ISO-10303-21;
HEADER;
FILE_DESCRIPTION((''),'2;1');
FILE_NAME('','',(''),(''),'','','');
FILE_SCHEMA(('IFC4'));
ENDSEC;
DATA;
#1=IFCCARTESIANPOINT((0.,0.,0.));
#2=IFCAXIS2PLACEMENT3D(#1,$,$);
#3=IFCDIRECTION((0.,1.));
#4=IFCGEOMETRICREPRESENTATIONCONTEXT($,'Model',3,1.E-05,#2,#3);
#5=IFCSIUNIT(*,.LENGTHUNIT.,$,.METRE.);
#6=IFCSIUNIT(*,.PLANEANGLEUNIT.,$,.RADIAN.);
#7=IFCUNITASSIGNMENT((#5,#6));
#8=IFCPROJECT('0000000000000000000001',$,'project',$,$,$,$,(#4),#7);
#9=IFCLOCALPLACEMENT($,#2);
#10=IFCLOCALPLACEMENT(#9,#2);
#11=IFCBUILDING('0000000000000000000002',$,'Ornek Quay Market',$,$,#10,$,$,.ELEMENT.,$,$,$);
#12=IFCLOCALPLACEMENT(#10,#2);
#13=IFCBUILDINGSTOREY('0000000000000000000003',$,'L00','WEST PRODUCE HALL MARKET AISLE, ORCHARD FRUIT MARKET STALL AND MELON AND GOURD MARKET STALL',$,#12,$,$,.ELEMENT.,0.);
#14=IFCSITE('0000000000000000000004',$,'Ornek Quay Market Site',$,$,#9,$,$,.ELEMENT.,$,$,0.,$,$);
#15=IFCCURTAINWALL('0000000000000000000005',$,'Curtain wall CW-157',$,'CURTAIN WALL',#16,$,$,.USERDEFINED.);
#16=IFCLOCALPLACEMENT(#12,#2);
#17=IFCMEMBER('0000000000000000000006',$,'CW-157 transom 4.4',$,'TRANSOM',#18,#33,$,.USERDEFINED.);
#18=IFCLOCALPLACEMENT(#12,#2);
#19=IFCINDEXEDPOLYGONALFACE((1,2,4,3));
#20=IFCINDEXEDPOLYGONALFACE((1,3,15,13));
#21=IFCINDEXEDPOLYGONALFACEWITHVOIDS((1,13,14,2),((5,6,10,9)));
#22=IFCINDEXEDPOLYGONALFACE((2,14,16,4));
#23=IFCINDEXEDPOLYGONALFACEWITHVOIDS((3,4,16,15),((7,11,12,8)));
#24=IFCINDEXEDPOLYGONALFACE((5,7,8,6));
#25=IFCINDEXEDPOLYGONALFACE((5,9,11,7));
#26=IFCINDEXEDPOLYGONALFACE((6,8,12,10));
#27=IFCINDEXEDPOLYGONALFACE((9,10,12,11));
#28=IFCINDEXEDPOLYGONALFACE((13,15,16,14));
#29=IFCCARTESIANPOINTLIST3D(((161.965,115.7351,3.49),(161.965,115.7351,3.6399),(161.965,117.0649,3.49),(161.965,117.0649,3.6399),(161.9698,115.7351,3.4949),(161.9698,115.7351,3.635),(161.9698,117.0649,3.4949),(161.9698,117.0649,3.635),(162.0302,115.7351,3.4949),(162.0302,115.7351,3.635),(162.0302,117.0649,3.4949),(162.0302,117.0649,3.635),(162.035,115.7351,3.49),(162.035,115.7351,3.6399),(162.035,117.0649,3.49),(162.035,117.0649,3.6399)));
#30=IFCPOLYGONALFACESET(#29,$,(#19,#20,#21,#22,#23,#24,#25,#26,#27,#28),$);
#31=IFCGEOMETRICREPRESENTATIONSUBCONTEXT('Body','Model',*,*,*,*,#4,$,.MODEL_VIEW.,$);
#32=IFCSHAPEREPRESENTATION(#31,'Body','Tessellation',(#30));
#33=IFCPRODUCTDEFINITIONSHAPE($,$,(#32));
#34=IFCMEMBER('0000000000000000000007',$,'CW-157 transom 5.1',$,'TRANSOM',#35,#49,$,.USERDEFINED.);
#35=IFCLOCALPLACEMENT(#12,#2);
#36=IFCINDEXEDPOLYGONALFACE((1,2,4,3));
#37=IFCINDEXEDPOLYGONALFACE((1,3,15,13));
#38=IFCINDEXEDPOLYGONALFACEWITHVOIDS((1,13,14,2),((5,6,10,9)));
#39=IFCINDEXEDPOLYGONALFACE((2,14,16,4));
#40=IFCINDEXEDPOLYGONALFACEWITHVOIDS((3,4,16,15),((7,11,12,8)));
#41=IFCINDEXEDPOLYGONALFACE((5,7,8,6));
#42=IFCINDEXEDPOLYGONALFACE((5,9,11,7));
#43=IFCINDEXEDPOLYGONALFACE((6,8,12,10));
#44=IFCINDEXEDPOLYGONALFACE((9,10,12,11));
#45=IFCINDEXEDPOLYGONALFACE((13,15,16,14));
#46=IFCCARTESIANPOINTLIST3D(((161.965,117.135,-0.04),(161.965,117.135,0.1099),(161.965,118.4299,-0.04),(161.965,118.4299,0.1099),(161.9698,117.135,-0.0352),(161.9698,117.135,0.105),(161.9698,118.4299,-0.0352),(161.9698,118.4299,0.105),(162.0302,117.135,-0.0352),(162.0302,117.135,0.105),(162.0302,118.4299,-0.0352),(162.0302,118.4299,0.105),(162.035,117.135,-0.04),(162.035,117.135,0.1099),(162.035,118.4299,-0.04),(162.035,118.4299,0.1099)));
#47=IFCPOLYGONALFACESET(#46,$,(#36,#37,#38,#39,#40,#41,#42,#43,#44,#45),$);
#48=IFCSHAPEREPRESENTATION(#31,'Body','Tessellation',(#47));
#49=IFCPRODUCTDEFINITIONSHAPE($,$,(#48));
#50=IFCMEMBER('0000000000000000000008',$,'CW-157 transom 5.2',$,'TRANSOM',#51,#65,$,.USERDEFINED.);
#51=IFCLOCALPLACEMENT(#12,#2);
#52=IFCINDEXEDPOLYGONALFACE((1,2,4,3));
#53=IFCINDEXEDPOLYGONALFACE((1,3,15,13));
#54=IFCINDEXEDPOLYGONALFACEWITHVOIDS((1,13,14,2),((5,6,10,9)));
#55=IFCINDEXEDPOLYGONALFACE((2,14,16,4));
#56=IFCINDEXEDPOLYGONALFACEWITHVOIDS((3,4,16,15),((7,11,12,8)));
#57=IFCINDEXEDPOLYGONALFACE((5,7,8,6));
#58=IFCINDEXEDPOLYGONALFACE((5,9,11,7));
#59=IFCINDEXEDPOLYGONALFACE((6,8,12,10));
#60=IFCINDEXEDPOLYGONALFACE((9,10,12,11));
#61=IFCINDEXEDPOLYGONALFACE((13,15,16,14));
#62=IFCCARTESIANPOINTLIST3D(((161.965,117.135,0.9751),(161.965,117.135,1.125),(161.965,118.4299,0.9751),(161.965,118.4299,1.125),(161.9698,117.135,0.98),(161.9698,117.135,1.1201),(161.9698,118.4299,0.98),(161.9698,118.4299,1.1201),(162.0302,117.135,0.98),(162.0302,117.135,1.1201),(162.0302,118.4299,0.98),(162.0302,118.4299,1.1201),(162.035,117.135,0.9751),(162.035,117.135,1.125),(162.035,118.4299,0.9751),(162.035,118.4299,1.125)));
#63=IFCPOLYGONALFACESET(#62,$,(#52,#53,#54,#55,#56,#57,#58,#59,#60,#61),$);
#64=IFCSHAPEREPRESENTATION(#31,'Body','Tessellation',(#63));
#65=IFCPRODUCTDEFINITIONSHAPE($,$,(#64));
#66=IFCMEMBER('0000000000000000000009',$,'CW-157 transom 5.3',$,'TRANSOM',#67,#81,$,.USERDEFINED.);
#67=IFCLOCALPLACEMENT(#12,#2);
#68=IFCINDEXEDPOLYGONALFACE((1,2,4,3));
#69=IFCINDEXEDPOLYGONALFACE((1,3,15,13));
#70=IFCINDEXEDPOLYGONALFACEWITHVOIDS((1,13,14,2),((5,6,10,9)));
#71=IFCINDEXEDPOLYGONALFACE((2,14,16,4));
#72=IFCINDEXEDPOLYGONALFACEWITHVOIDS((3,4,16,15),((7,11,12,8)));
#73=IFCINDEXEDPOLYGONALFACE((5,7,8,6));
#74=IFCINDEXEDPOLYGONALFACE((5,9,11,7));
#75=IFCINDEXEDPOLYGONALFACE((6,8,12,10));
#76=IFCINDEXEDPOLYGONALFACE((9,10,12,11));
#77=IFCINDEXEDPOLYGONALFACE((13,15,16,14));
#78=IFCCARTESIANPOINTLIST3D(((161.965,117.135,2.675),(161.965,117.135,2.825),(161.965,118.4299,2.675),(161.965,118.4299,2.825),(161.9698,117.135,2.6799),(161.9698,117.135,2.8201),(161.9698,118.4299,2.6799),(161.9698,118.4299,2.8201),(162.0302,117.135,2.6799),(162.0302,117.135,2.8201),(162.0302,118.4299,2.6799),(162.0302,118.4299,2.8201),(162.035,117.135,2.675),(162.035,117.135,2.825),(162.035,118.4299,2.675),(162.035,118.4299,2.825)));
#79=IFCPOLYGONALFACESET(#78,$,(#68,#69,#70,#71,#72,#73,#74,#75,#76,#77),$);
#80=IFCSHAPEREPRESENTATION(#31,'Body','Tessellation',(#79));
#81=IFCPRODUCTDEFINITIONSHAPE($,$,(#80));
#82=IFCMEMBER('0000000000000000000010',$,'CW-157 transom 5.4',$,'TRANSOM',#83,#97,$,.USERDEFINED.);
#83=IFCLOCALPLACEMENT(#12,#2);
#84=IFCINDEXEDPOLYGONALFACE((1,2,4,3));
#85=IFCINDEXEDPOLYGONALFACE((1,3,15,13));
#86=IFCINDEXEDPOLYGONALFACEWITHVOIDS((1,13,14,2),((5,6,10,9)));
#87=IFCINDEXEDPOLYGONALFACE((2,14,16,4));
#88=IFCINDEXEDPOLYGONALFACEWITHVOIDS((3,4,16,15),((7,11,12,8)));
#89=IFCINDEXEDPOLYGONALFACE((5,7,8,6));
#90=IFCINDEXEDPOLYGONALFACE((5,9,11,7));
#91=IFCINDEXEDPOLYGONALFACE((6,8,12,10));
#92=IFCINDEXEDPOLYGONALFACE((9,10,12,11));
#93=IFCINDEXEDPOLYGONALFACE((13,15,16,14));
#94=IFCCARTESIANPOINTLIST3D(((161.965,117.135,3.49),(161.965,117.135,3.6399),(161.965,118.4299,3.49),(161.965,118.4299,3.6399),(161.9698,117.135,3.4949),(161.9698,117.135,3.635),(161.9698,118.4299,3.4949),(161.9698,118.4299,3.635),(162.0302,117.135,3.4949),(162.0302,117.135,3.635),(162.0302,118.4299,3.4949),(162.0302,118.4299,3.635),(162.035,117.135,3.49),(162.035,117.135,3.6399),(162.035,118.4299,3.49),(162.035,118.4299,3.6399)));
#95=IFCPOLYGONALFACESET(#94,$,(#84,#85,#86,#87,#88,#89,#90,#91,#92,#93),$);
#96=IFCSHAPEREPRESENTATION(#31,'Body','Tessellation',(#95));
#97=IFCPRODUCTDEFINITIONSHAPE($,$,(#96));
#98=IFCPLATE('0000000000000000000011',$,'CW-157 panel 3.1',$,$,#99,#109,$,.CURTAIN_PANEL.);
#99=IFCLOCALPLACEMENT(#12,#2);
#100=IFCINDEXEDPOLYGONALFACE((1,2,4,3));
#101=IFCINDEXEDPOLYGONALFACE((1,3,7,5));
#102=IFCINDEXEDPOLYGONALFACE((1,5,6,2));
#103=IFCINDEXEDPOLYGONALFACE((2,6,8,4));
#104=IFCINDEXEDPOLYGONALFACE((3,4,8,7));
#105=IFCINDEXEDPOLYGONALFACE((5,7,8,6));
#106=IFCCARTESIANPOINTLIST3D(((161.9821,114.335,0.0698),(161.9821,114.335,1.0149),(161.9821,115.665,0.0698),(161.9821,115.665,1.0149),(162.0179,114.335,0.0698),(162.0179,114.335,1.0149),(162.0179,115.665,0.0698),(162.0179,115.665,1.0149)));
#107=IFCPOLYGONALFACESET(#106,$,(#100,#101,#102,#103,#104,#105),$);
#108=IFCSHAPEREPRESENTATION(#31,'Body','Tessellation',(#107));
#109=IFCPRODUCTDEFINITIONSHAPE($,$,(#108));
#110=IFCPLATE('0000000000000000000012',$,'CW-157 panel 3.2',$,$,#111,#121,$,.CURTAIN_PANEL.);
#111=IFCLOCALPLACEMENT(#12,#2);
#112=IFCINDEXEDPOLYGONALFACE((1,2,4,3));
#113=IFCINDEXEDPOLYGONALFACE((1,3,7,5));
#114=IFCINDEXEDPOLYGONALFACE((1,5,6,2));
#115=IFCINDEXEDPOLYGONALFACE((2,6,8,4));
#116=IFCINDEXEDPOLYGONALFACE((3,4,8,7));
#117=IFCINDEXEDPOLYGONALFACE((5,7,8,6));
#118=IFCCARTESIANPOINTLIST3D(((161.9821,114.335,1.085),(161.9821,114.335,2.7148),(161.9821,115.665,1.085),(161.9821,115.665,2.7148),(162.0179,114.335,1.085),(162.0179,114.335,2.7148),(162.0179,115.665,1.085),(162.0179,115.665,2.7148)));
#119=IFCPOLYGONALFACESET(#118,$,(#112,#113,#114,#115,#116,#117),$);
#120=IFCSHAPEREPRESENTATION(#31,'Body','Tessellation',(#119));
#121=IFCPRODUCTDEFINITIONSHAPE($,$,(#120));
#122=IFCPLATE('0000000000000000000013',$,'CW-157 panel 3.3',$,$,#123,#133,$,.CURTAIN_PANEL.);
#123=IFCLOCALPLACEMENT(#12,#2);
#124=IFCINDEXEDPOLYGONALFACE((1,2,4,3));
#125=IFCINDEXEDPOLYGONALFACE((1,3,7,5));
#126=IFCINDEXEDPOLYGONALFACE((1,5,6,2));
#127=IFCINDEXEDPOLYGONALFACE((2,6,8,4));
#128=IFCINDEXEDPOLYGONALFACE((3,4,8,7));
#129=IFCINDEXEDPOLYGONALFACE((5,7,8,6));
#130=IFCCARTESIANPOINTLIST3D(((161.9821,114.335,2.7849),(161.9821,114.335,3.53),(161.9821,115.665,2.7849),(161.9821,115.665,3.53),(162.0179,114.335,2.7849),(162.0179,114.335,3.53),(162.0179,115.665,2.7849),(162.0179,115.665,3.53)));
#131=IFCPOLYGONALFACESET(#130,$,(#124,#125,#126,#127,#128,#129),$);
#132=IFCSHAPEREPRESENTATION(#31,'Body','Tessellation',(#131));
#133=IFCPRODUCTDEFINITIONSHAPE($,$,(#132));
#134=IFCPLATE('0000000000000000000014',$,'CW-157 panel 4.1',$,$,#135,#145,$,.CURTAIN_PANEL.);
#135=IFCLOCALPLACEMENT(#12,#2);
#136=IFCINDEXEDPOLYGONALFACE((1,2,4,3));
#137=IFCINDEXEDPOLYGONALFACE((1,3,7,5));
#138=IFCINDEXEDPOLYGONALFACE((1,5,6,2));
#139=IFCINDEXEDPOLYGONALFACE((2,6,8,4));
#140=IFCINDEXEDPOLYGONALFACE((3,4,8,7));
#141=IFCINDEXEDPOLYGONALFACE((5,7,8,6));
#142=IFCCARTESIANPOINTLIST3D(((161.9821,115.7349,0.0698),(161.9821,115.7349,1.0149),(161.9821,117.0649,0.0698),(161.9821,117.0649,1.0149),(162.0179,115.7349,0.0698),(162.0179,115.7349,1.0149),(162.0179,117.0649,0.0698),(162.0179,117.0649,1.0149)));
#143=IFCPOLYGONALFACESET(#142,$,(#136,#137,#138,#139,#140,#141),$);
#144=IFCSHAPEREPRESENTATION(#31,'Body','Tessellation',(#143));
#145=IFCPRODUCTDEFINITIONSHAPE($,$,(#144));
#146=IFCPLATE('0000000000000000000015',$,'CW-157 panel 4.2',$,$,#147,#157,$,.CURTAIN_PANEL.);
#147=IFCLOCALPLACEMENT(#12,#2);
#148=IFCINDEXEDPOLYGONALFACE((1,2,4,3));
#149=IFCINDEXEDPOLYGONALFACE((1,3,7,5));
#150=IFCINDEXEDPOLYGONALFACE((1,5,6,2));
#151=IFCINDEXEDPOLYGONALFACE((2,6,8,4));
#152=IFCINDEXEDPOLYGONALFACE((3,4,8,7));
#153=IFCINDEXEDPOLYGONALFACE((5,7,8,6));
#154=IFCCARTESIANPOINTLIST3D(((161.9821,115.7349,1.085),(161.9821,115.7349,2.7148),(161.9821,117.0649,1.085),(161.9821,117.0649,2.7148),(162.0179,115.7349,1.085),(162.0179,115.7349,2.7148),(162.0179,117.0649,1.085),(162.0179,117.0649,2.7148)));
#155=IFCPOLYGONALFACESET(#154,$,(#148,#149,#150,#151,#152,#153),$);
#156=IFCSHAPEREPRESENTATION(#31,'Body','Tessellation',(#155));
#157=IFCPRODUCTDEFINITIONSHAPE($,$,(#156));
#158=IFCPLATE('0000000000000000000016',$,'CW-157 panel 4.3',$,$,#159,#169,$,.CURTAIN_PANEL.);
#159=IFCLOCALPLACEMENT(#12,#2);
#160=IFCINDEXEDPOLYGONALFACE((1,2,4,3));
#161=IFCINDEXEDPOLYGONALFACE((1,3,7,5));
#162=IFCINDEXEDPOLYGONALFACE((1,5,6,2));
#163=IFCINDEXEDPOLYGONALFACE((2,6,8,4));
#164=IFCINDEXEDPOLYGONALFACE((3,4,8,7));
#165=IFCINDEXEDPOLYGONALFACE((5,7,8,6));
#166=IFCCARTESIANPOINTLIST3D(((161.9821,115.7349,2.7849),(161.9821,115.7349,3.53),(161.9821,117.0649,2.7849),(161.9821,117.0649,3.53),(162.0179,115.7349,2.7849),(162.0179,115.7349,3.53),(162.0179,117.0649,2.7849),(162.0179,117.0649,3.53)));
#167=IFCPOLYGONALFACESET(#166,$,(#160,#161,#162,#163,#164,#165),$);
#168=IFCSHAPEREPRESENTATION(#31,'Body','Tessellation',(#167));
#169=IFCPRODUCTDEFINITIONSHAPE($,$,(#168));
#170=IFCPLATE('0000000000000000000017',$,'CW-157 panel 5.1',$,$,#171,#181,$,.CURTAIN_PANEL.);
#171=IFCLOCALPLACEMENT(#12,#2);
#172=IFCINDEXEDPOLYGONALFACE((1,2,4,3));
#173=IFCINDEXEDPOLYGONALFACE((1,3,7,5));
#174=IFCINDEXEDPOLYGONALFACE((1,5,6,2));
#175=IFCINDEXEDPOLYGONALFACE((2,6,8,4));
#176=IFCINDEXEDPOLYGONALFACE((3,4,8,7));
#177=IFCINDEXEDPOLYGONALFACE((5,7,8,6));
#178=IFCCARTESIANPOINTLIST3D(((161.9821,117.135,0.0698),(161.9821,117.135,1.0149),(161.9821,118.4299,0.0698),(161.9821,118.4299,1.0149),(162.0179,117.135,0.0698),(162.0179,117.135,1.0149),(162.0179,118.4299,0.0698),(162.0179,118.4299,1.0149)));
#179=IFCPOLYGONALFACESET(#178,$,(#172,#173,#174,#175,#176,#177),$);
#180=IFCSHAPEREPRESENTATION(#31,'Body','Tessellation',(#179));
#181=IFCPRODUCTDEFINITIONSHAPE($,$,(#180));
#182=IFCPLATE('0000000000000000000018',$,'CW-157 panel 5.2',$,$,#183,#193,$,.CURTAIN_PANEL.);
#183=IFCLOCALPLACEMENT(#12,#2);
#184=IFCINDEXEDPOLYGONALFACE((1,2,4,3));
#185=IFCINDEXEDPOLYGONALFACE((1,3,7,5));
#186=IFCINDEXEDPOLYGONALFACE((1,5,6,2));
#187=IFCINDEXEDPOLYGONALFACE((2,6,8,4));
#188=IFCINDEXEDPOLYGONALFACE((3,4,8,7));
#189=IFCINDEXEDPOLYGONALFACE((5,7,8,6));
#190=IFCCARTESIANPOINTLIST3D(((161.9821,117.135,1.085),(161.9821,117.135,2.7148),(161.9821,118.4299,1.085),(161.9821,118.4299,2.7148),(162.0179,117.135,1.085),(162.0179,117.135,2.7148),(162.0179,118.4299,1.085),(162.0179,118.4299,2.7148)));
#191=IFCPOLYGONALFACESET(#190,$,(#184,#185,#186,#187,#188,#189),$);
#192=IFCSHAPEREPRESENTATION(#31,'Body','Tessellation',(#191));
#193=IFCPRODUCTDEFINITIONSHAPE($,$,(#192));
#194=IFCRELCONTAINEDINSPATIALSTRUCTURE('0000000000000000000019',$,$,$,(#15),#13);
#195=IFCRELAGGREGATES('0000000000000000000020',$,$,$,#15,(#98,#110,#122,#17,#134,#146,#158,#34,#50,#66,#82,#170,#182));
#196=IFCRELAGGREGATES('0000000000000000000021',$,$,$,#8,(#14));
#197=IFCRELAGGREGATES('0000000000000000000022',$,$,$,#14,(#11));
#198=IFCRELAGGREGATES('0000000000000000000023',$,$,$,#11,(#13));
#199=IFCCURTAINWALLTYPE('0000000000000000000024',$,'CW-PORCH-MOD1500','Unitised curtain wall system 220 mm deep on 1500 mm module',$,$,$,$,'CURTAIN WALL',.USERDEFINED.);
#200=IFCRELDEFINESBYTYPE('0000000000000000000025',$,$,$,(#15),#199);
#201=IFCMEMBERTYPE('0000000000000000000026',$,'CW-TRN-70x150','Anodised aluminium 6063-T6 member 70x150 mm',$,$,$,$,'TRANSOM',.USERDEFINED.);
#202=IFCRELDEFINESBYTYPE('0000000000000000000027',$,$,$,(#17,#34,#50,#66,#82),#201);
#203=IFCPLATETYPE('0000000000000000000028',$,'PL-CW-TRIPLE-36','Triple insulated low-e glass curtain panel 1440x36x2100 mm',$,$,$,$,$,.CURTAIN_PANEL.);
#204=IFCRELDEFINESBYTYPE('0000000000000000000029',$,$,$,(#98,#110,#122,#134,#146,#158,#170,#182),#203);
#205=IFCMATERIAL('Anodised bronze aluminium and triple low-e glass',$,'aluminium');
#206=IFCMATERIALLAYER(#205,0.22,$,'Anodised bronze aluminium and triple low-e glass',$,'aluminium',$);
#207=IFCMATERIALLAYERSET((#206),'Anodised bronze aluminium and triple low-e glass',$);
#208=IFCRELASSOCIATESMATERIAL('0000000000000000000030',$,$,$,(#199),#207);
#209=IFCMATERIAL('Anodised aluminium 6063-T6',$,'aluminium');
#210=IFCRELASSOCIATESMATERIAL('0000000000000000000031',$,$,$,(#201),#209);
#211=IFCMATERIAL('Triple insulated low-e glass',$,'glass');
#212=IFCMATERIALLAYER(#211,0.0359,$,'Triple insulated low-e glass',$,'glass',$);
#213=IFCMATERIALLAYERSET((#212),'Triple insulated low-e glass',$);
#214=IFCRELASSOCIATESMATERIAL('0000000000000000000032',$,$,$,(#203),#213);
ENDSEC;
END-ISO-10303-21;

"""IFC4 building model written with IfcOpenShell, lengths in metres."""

from ifc_helpers import new_model, si_unit, direction, frame, origin, origin_2d, place, context, subcontext, project, spatial, rectangle, hollow_rectangle, extrude, material, layer, layer_set, material_profile, profile_set, type_object, element, aggregate, save


model = new_model("IFC4")

# Units and contexts
model_context = context("Model", 3, precision=1e-05, world=origin(), true_north=direction((0.0, 1.0)))
body_context = subcontext(model_context, "Body", "Model", "MODEL_VIEW")
ifc_project = project(units=[si_unit("LENGTHUNIT", "METRE"), si_unit("PLANEANGLEUNIT", "RADIAN")], contexts=[model_context])

# Site, building, storey
site_placement = place(None, origin())
site = spatial("IfcSite", under=ifc_project, at=site_placement, Name="Ornek Quay Market Site", CompositionType="ELEMENT", RefElevation=0.0)
building_placement = place(site_placement, origin())
building = spatial("IfcBuilding", under=site, at=building_placement, Name="Ornek Quay Market", CompositionType="ELEMENT")
storey_placement = place(building_placement, origin())
storey = spatial("IfcBuildingStorey", under=building, at=storey_placement, Name="L00", Description="WEST PRODUCE HALL MARKET AISLE, ORCHARD FRUIT MARKET STALL AND MELON AND GOURD MARKET STALL", CompositionType="ELEMENT", Elevation=0.0)

# Curtain wall, members, plates
ifc_material_1 = material(Name="Anodised bronze aluminium and triple low-e glass", Category="aluminium")
ifc_layer_1 = layer(ifc_material_1, 0.22, Name="Anodised bronze aluminium and triple low-e glass", Category="aluminium")
ifc_layer_set_1 = layer_set([ifc_layer_1], Name="Anodised bronze aluminium and triple low-e glass")
curtain_wall_type = type_object("IfcCurtainWallType", Name="CW-PORCH-MOD1500", Description="Unitised curtain wall system 220 mm deep on 1500 mm module", ElementType="CURTAIN WALL", PredefinedType="USERDEFINED", material=ifc_layer_set_1)
curtain_wall_placement = place(storey_placement, origin())
curtain_wall = element("IfcCurtainWall", 1, at=curtain_wall_placement, inside=storey, type_object=curtain_wall_type, Name="Curtain wall CW-157", ObjectType="CURTAIN WALL", PredefinedType="USERDEFINED")
ifc_material_2 = material(Name="Anodised aluminium 6063-T6", Category="aluminium")
ifc_material_profile_1 = material_profile(ifc_material_2, hollow_rectangle(XDim=0.0701, YDim=0.1499, WallThickness=0.0049, at=origin_2d()), Name="CW-TRN-70x150", Category="aluminium")
ifc_profile_set_1 = profile_set([ifc_material_profile_1], Name="Anodised aluminium 6063-T6")
member_type_1 = type_object("IfcMemberType", Name="CW-TRN-70x150", Description="Anodised aluminium 6063-T6 member 70x150 mm", ElementType="TRANSOM", PredefinedType="USERDEFINED", material=ifc_profile_set_1)
member_1_placement = place(storey_placement, frame((162.0, 115.7351, 3.5649), z_axis=(0.0, 1.0, 0.0), x_axis=(-1.0, 0.0, 0.0)))
member_1 = element("IfcMember", 2, at=member_1_placement, type_object=member_type_1, Name="CW-157 transom 4.4", ObjectType="TRANSOM", PredefinedType="USERDEFINED", context=body_context, shape_type="SweptSolid", body=[
    extrude(hollow_rectangle(XDim=0.0701, YDim=0.1499, WallThickness=0.0049, at=origin_2d()), origin(), (0.0, 0.0, 1.0), 1.3298),
])
member_2_placement = place(storey_placement, frame((162.0, 117.135, 0.0349), z_axis=(0.0, 1.0, 0.0), x_axis=(-1.0, 0.0, 0.0)))
member_2 = element("IfcMember", 3, at=member_2_placement, type_object=member_type_1, Name="CW-157 transom 5.1", ObjectType="TRANSOM", PredefinedType="USERDEFINED", context=body_context, shape_type="SweptSolid", body=[
    extrude(hollow_rectangle(XDim=0.0701, YDim=0.1499, WallThickness=0.0049, at=origin_2d()), origin(), (0.0, 0.0, 1.0), 1.2949),
])
member_3_placement = place(storey_placement, frame((162.0, 117.135, 1.05), z_axis=(0.0, 1.0, 0.0), x_axis=(-1.0, 0.0, 0.0)))
member_3 = element("IfcMember", 4, at=member_3_placement, type_object=member_type_1, Name="CW-157 transom 5.2", ObjectType="TRANSOM", PredefinedType="USERDEFINED", context=body_context, shape_type="SweptSolid", body=[
    extrude(hollow_rectangle(XDim=0.0701, YDim=0.1499, WallThickness=0.0049, at=origin_2d()), origin(), (0.0, 0.0, 1.0), 1.2949),
])
member_4_placement = place(storey_placement, frame((162.0, 117.135, 2.75), z_axis=(0.0, 1.0, 0.0), x_axis=(-1.0, 0.0, 0.0)))
member_4 = element("IfcMember", 5, at=member_4_placement, type_object=member_type_1, Name="CW-157 transom 5.3", ObjectType="TRANSOM", PredefinedType="USERDEFINED", context=body_context, shape_type="SweptSolid", body=[
    extrude(hollow_rectangle(XDim=0.0701, YDim=0.1499, WallThickness=0.0049, at=origin_2d()), origin(), (0.0, 0.0, 1.0), 1.2949),
])
member_5_placement = place(storey_placement, frame((162.0, 117.135, 3.5649), z_axis=(0.0, 1.0, 0.0), x_axis=(-1.0, 0.0, 0.0)))
member_5 = element("IfcMember", 6, at=member_5_placement, type_object=member_type_1, Name="CW-157 transom 5.4", ObjectType="TRANSOM", PredefinedType="USERDEFINED", context=body_context, shape_type="SweptSolid", body=[
    extrude(hollow_rectangle(XDim=0.0701, YDim=0.1499, WallThickness=0.0049, at=origin_2d()), origin(), (0.0, 0.0, 1.0), 1.2949),
])
ifc_material_3 = material(Name="Triple insulated low-e glass", Category="glass")
ifc_layer_2 = layer(ifc_material_3, 0.0359, Name="Triple insulated low-e glass", Category="glass")
ifc_layer_set_2 = layer_set([ifc_layer_2], Name="Triple insulated low-e glass")
plate_type = type_object("IfcPlateType", Name="PL-CW-TRIPLE-36", Description="Triple insulated low-e glass curtain panel 1440x36x2100 mm", PredefinedType="CURTAIN_PANEL", material=ifc_layer_set_2)
plate_1_placement = place(storey_placement, frame((162.0, 115.0, 0.0698), z_axis=(0.0, 0.0, 1.0), x_axis=(0.0, 1.0, 0.0)))
plate_1 = element("IfcPlate", 7, at=plate_1_placement, type_object=plate_type, Name="CW-157 panel 3.1", PredefinedType="CURTAIN_PANEL", context=body_context, shape_type="SweptSolid", body=[
    extrude(rectangle(XDim=1.3301, YDim=0.0359, at=origin_2d()), origin(), (0.0, 0.0, 1.0), 0.9451),
])
plate_2_placement = place(storey_placement, frame((162.0, 115.0, 1.085), z_axis=(0.0, 0.0, 1.0), x_axis=(0.0, 1.0, 0.0)))
plate_2 = element("IfcPlate", 8, at=plate_2_placement, type_object=plate_type, Name="CW-157 panel 3.2", PredefinedType="CURTAIN_PANEL", context=body_context, shape_type="SweptSolid", body=[
    extrude(rectangle(XDim=1.3301, YDim=0.0359, at=origin_2d()), origin(), (0.0, 0.0, 1.0), 1.6299),
])
plate_3_placement = place(storey_placement, frame((162.0, 115.0, 2.7849), z_axis=(0.0, 0.0, 1.0), x_axis=(0.0, 1.0, 0.0)))
plate_3 = element("IfcPlate", 9, at=plate_3_placement, type_object=plate_type, Name="CW-157 panel 3.3", PredefinedType="CURTAIN_PANEL", context=body_context, shape_type="SweptSolid", body=[
    extrude(rectangle(XDim=1.3301, YDim=0.0359, at=origin_2d()), origin(), (0.0, 0.0, 1.0), 0.7451),
])
plate_4_placement = place(storey_placement, frame((162.0, 116.3999, 0.0698), z_axis=(0.0, 0.0, 1.0), x_axis=(0.0, 1.0, 0.0)))
plate_4 = element("IfcPlate", 10, at=plate_4_placement, type_object=plate_type, Name="CW-157 panel 4.1", PredefinedType="CURTAIN_PANEL", context=body_context, shape_type="SweptSolid", body=[
    extrude(rectangle(XDim=1.3301, YDim=0.0359, at=origin_2d()), origin(), (0.0, 0.0, 1.0), 0.9451),
])
plate_5_placement = place(storey_placement, frame((162.0, 116.3999, 1.085), z_axis=(0.0, 0.0, 1.0), x_axis=(0.0, 1.0, 0.0)))
plate_5 = element("IfcPlate", 11, at=plate_5_placement, type_object=plate_type, Name="CW-157 panel 4.2", PredefinedType="CURTAIN_PANEL", context=body_context, shape_type="SweptSolid", body=[
    extrude(rectangle(XDim=1.3301, YDim=0.0359, at=origin_2d()), origin(), (0.0, 0.0, 1.0), 1.6299),
])
plate_6_placement = place(storey_placement, frame((162.0, 116.3999, 2.7849), z_axis=(0.0, 0.0, 1.0), x_axis=(0.0, 1.0, 0.0)))
plate_6 = element("IfcPlate", 12, at=plate_6_placement, type_object=plate_type, Name="CW-157 panel 4.3", PredefinedType="CURTAIN_PANEL", context=body_context, shape_type="SweptSolid", body=[
    extrude(rectangle(XDim=1.3301, YDim=0.0359, at=origin_2d()), origin(), (0.0, 0.0, 1.0), 0.7451),
])
plate_7_placement = place(storey_placement, frame((162.0, 117.7825, 0.0698), z_axis=(0.0, 0.0, 1.0), x_axis=(0.0, 1.0, 0.0)))
plate_7 = element("IfcPlate", 13, at=plate_7_placement, type_object=plate_type, Name="CW-157 panel 5.1", PredefinedType="CURTAIN_PANEL", context=body_context, shape_type="SweptSolid", body=[
    extrude(rectangle(XDim=1.2949, YDim=0.0359, at=origin_2d()), origin(), (0.0, 0.0, 1.0), 0.9451),
])
plate_8_placement = place(storey_placement, frame((162.0, 117.7825, 1.085), z_axis=(0.0, 0.0, 1.0), x_axis=(0.0, 1.0, 0.0)))
plate_8 = element("IfcPlate", 14, at=plate_8_placement, type_object=plate_type, Name="CW-157 panel 5.2", PredefinedType="CURTAIN_PANEL", context=body_context, shape_type="SweptSolid", body=[
    extrude(rectangle(XDim=1.2949, YDim=0.0359, at=origin_2d()), origin(), (0.0, 0.0, 1.0), 1.6299),
])
aggregate(curtain_wall, [plate_1, plate_2, plate_3, member_1, plate_4, plate_5, plate_6, member_2, member_3, member_4, member_5, plate_7, plate_8])

save(model, "model.ifc")
